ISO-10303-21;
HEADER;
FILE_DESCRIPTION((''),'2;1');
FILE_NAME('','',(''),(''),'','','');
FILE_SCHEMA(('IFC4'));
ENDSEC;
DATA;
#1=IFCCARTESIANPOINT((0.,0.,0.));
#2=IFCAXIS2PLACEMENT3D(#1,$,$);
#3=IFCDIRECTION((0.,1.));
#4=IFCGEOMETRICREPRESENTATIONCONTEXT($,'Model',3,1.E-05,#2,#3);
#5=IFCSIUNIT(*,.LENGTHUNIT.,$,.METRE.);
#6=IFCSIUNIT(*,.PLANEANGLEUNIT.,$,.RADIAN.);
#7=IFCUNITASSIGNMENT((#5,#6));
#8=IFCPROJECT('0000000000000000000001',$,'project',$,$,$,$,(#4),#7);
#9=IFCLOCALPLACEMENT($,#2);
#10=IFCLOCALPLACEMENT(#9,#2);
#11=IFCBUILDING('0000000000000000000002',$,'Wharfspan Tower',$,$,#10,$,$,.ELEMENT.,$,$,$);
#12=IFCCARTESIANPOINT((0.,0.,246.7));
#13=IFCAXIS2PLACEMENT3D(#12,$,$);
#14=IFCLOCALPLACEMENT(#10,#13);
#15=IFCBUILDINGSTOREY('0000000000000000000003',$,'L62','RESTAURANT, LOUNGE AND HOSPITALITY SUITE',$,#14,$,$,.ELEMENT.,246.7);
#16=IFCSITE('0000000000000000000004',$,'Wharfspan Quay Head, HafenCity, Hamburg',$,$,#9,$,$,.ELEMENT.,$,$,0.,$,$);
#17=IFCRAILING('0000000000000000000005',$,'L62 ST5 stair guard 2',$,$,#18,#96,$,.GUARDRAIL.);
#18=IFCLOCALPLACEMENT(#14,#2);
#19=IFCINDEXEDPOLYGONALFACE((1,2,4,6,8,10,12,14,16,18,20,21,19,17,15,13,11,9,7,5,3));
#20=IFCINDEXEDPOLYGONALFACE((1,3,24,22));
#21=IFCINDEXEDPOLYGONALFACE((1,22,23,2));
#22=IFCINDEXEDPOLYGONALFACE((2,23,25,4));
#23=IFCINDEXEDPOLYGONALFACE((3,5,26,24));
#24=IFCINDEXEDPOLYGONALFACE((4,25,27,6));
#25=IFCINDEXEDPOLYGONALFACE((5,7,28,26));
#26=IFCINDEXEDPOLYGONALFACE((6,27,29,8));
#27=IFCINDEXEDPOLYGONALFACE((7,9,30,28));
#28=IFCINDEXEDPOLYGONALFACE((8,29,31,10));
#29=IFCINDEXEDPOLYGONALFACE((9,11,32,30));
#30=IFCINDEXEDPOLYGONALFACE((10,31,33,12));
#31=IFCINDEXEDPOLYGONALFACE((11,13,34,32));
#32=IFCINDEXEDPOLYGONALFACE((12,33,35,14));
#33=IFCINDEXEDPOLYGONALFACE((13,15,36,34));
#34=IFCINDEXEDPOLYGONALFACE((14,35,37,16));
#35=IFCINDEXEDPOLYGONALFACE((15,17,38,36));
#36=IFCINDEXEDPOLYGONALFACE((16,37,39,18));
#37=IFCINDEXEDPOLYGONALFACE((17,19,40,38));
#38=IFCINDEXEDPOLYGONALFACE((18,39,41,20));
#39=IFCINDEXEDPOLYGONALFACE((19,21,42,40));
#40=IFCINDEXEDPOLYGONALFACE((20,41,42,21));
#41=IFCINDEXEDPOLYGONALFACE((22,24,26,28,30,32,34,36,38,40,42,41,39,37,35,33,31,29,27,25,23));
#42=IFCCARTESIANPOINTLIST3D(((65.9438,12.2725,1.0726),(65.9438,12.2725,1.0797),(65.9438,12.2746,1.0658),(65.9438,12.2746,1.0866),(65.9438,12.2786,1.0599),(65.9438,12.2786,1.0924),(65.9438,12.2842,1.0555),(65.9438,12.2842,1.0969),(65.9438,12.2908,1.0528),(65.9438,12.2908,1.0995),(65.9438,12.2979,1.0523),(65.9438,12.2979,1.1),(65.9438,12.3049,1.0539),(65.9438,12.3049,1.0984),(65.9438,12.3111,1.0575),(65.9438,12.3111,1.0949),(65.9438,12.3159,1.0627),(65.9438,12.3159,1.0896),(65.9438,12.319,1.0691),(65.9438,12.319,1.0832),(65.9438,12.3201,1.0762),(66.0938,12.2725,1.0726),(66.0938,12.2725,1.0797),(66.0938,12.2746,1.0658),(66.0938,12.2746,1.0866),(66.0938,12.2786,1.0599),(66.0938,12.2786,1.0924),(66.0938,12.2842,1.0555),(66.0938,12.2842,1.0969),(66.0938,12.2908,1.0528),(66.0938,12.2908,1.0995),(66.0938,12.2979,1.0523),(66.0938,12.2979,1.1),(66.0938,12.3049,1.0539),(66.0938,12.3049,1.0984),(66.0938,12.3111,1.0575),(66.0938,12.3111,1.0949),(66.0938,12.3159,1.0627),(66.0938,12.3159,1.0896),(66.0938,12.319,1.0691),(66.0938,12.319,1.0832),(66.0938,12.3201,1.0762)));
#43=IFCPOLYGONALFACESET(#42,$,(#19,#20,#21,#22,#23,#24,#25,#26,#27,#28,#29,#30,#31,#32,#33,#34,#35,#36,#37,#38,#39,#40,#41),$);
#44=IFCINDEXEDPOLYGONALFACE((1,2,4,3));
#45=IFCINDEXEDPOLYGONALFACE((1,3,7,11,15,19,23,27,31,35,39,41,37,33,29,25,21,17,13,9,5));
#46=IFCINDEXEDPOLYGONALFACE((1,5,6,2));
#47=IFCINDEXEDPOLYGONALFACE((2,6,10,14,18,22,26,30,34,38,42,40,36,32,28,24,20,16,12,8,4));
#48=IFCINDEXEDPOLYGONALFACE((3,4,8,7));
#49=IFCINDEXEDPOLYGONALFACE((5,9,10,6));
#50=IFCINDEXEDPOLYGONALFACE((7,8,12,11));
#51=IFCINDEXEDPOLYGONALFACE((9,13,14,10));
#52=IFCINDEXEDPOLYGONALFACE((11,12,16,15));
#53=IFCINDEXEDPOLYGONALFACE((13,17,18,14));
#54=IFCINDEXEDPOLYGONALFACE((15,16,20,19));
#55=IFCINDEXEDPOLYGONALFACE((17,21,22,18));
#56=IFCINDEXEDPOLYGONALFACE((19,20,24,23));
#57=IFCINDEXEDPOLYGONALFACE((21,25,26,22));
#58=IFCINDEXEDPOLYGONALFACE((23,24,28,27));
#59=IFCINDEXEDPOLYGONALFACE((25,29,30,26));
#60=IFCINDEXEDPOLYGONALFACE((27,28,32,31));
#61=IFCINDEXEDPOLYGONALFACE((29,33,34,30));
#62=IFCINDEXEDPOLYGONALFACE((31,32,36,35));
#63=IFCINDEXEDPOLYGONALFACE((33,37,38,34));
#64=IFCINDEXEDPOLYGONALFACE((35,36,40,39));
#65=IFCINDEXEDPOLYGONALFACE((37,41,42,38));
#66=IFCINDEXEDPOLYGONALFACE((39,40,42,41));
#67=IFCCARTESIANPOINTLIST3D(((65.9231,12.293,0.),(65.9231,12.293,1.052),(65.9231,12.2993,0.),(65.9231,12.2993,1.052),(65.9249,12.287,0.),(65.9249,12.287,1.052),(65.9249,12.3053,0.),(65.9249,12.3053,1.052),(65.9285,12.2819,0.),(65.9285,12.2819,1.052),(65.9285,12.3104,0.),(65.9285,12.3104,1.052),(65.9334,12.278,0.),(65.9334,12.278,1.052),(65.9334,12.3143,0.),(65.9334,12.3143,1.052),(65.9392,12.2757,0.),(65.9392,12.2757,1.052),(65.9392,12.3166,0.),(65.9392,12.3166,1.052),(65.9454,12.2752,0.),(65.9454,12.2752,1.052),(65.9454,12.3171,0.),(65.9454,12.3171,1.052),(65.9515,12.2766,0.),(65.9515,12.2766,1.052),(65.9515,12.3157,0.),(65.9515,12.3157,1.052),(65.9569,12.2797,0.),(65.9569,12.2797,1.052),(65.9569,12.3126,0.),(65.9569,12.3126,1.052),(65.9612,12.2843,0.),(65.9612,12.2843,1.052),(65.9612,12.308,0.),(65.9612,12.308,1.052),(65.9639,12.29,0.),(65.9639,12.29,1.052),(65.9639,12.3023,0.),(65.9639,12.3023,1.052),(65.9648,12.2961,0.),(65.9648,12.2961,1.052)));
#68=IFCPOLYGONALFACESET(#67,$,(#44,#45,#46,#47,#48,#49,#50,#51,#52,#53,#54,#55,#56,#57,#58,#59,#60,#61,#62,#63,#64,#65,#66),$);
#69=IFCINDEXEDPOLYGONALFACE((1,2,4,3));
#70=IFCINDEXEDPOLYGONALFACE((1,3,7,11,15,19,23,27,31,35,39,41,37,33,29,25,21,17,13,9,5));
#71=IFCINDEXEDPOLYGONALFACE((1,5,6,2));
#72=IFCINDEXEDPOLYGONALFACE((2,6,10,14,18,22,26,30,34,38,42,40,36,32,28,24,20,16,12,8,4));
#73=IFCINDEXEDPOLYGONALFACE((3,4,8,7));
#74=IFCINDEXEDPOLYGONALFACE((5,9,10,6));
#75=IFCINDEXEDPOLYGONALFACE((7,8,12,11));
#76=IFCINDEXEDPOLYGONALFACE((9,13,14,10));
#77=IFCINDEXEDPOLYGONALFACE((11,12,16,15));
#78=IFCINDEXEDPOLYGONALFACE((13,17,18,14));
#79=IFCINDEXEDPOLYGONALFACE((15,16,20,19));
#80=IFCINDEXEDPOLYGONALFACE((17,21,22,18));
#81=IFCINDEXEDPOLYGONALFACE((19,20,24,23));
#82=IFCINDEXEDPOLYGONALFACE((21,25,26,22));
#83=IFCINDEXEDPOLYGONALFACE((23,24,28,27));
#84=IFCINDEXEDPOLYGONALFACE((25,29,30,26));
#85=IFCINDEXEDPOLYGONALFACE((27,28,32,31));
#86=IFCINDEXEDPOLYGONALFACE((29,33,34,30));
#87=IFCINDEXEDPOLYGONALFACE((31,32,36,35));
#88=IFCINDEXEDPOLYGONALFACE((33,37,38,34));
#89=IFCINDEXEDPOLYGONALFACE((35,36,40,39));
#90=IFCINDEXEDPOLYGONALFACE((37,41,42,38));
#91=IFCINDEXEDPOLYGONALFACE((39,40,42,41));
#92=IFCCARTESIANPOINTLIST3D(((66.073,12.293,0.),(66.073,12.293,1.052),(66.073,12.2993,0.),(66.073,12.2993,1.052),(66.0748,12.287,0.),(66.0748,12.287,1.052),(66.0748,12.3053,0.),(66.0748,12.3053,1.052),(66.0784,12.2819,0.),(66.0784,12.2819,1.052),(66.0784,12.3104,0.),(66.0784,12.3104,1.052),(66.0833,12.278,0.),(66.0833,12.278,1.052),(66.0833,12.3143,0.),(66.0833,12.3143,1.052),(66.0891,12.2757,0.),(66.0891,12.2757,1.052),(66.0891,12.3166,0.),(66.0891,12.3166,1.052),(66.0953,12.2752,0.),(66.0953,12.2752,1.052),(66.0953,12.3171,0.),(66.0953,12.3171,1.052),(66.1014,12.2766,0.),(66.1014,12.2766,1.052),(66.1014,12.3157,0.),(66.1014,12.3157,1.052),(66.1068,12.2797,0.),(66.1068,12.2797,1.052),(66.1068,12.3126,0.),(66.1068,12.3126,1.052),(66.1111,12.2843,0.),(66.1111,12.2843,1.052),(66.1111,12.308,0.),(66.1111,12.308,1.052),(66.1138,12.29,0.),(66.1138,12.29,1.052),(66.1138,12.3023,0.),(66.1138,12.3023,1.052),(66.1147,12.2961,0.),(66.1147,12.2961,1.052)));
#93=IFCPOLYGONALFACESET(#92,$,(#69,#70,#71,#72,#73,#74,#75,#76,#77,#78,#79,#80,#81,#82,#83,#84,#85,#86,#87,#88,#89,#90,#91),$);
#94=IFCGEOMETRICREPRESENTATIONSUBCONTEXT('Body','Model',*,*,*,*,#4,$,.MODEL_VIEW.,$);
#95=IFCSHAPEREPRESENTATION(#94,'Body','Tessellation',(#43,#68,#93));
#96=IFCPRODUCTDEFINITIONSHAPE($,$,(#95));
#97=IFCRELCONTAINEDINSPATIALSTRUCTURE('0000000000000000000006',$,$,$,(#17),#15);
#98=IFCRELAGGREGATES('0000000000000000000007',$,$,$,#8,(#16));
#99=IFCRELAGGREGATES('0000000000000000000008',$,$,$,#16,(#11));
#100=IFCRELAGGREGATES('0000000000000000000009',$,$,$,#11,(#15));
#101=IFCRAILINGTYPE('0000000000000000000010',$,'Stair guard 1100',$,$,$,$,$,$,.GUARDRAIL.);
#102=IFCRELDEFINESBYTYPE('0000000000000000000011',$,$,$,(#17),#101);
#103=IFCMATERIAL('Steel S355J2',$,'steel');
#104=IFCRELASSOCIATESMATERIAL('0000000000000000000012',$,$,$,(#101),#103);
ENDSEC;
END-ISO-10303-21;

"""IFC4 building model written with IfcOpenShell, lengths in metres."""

from ifc_helpers import new_model, si_unit, direction, frame, origin, origin_2d, place, context, subcontext, project, spatial, circle, extrude, material, type_object, element, save


model = new_model("IFC4")

# Units and contexts
model_context = context("Model", 3, precision=1e-05, world=origin(), true_north=direction((0.0, 1.0)))
body_context = subcontext(model_context, "Body", "Model", "MODEL_VIEW")
ifc_project = project(units=[si_unit("LENGTHUNIT", "METRE"), si_unit("PLANEANGLEUNIT", "RADIAN")], contexts=[model_context])

# Site, building, storey
site_placement = place(None, origin())
site = spatial("IfcSite", under=ifc_project, at=site_placement, Name="Wharfspan Quay Head, HafenCity, Hamburg", CompositionType="ELEMENT", RefElevation=0.0)
building_placement = place(site_placement, origin())
building = spatial("IfcBuilding", under=site, at=building_placement, Name="Wharfspan Tower", CompositionType="ELEMENT")
storey_placement = place(building_placement, frame((0.0, 0.0, 246.7)))
storey = spatial("IfcBuildingStorey", under=building, at=storey_placement, Name="L62", Description="RESTAURANT, LOUNGE AND HOSPITALITY SUITE", CompositionType="ELEMENT", Elevation=246.7)

# Shared definitions
ifc_material_1 = material(Name="Steel S355J2", Category="steel")

# Railing
railing_type_1 = type_object("IfcRailingType", Name="Stair guard 1100", PredefinedType="GUARDRAIL", material=ifc_material_1)
railing_1_placement = place(storey_placement, frame((65.9438, 12.2961, 0.0)))
element("IfcRailing", 1, at=railing_1_placement, inside=storey, type_object=railing_type_1, Name="L62 ST5 stair guard 2", PredefinedType="GUARDRAIL", context=body_context, shape_type="SweptSolid", body=[
    extrude(circle(Radius=0.0239, at=origin_2d()), frame((0.0, 0.0, 1.0762), z_axis=(1.0, 0.0, 0.0), x_axis=(0.0, 1.0, 0.0)), (0.0, 0.0, 1.0), 0.1499),
    extrude(circle(Radius=0.021, at=origin_2d()), origin(), (0.0, 0.0, 1.0), 1.052),
    extrude(circle(Radius=0.021, at=origin_2d()), frame((0.1499, 0.0, 0.0)), (0.0, 0.0, 1.0), 1.052),
])

save(model, "model.ifc")
